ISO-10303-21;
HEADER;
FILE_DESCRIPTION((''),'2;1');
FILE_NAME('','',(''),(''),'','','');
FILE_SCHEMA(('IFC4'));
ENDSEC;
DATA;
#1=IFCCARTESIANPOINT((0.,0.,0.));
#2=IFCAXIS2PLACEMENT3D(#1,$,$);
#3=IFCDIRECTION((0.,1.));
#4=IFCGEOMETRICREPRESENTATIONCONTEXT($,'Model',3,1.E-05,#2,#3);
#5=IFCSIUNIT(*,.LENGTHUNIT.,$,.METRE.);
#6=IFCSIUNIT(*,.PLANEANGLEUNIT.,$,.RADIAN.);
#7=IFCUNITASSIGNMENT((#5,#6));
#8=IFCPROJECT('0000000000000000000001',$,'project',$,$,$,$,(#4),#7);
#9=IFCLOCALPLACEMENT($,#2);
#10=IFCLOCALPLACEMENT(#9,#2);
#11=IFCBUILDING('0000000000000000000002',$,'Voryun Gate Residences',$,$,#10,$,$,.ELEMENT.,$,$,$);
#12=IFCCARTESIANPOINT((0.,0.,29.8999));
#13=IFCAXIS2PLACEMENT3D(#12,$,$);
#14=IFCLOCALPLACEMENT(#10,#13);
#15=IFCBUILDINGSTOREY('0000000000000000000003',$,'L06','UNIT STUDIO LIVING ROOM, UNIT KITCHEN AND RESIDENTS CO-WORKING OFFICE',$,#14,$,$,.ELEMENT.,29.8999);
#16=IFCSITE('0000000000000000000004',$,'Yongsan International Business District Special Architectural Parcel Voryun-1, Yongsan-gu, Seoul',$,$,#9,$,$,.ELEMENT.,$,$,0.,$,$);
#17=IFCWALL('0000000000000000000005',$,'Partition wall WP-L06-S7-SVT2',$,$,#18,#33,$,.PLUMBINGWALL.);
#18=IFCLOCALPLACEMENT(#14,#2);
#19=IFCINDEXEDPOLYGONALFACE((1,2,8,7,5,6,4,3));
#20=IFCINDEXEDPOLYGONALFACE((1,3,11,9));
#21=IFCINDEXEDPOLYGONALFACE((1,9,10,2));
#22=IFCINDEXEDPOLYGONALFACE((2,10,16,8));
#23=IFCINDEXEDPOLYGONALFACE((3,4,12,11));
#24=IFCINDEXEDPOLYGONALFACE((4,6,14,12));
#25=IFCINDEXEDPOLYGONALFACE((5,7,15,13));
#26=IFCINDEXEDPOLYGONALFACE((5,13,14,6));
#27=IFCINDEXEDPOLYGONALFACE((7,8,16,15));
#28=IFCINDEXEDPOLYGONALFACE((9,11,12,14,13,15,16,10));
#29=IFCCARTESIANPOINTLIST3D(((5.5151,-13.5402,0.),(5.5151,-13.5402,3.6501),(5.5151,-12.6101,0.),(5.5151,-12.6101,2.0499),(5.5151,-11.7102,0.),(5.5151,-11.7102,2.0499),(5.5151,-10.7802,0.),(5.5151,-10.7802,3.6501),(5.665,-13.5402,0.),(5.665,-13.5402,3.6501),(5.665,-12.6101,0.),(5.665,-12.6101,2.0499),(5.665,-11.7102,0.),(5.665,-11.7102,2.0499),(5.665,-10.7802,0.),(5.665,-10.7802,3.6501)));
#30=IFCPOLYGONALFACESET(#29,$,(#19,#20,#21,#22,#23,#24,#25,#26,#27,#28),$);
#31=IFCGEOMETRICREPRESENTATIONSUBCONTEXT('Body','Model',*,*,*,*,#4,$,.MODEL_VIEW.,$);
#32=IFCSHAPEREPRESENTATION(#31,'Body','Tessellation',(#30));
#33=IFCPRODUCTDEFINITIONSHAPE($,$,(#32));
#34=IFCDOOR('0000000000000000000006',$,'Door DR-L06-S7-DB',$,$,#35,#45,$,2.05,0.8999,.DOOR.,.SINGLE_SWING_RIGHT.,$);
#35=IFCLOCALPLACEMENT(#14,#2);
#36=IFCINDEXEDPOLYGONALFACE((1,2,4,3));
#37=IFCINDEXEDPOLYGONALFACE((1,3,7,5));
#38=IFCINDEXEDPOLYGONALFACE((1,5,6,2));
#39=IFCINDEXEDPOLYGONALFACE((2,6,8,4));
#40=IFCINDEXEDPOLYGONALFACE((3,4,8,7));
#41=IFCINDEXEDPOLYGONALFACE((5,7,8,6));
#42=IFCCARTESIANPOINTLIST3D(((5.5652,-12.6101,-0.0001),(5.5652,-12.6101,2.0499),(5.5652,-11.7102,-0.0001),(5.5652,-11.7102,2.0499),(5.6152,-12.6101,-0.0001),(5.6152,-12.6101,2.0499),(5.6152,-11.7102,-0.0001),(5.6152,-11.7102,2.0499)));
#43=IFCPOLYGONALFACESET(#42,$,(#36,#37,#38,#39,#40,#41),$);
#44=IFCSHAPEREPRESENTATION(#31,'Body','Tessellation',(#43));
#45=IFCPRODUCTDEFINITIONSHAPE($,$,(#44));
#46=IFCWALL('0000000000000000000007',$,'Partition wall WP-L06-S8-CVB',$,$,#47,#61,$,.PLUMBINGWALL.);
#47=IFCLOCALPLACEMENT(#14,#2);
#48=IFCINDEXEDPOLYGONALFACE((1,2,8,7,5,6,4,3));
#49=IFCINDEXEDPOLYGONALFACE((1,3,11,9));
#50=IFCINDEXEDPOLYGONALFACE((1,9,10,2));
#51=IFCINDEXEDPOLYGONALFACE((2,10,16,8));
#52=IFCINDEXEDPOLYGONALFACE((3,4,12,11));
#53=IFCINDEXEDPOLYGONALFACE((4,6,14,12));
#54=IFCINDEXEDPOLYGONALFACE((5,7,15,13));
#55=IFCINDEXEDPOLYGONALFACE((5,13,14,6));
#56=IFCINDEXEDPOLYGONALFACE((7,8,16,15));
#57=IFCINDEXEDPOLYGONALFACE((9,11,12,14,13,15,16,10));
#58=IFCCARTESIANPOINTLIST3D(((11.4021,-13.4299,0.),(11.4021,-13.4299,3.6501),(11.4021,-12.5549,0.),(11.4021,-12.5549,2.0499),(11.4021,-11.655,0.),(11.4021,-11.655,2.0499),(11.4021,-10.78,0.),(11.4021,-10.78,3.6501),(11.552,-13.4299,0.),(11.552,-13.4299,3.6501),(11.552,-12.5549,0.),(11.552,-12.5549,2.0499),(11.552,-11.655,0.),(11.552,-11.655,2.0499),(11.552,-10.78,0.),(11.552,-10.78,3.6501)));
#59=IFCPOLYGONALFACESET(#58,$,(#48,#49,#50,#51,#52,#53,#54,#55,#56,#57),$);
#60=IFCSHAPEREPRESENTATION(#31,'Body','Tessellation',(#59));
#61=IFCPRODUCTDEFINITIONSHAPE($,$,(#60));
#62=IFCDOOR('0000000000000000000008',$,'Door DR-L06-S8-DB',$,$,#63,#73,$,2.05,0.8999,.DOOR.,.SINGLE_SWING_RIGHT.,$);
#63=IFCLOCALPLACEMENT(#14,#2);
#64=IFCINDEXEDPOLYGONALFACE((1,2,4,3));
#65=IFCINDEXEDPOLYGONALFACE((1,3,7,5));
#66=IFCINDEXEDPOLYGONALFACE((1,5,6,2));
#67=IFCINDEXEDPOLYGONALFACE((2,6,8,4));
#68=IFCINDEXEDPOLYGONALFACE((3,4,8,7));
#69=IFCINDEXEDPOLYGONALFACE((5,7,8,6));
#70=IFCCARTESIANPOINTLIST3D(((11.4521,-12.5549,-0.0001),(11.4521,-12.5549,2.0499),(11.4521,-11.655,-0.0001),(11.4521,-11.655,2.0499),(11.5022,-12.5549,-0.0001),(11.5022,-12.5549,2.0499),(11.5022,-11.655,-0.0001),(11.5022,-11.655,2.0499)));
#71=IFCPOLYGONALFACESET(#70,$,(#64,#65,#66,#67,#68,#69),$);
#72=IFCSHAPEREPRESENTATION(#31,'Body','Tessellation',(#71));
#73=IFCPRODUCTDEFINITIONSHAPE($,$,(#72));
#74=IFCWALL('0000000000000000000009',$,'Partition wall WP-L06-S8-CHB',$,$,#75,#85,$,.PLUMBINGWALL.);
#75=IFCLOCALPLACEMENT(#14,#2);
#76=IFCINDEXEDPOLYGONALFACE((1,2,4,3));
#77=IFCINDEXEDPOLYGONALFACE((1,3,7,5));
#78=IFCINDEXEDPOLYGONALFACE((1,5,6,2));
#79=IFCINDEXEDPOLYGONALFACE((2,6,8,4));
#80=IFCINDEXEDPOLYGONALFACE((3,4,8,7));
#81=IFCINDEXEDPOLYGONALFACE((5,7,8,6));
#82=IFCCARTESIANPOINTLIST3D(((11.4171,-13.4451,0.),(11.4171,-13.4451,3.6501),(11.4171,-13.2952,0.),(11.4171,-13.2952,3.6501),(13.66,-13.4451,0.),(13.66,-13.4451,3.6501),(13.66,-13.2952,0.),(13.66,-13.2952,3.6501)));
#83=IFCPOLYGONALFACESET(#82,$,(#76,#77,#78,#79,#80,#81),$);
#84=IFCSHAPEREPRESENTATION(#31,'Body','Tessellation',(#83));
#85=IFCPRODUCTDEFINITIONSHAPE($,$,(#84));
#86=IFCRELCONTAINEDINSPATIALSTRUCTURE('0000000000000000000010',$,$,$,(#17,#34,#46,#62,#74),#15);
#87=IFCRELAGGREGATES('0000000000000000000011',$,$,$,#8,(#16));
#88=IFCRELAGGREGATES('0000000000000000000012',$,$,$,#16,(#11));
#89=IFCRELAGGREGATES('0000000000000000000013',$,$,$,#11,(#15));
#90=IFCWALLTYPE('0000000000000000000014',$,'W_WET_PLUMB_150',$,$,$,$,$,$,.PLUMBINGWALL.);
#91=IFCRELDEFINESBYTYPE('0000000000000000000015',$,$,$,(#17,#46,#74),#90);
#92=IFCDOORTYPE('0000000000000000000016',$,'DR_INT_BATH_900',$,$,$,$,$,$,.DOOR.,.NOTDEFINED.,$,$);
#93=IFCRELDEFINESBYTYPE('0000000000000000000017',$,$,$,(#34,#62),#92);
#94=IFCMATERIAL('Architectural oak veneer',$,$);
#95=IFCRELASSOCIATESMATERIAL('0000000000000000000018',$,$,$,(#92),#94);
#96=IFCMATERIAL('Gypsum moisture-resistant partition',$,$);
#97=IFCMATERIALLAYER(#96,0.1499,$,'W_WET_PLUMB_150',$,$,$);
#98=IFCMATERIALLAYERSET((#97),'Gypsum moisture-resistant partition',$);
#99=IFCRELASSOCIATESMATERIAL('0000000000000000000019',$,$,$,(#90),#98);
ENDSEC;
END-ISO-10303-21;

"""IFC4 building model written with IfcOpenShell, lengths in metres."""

from ifc_helpers import new_model, si_unit, direction, frame, frame_2d, origin, place, context, subcontext, project, spatial, rectangle, extrude, material, layer, layer_set, type_object, element, fill, save


model = new_model("IFC4")

# Units and contexts
model_context = context("Model", 3, precision=1e-05, world=origin(), true_north=direction((0.0, 1.0)))
body_context = subcontext(model_context, "Body", "Model", "MODEL_VIEW")
ifc_project = project(units=[si_unit("LENGTHUNIT", "METRE"), si_unit("PLANEANGLEUNIT", "RADIAN")], contexts=[model_context])

# Site, building, storey
site_placement = place(None, origin())
site = spatial("IfcSite", under=ifc_project, at=site_placement, Name="Yongsan International Business District Special Architectural Parcel Voryun-1, Yongsan-gu, Seoul", CompositionType="ELEMENT", RefElevation=0.0)
building_placement = place(site_placement, origin())
building = spatial("IfcBuilding", under=site, at=building_placement, Name="Voryun Gate Residences", CompositionType="ELEMENT")
storey_placement = place(building_placement, frame((0.0, 0.0, 29.8999)))
storey = spatial("IfcBuildingStorey", under=building, at=storey_placement, Name="L06", Description="UNIT STUDIO LIVING ROOM, UNIT KITCHEN AND RESIDENTS CO-WORKING OFFICE", CompositionType="ELEMENT", Elevation=29.8999)

# Shared definitions
ifc_material_1 = material(Name="Architectural oak veneer")
door_type = type_object("IfcDoorType", Name="DR_INT_BATH_900", OperationType="NOTDEFINED", PredefinedType="DOOR", material=ifc_material_1)

# Shared definitions
ifc_material_2 = material(Name="Gypsum moisture-resistant partition")
ifc_layer_1 = layer(ifc_material_2, 0.1499, Name="W_WET_PLUMB_150")
ifc_layer_set_1 = layer_set([ifc_layer_1], Name="Gypsum moisture-resistant partition")
wall_type_1 = type_object("IfcWallType", Name="W_WET_PLUMB_150", PredefinedType="PLUMBINGWALL", material=ifc_layer_set_1)

# Walls, openings, doors
wall_1_placement = place(storey_placement, frame((5.5901, -13.54, 0.0), z_axis=(0.0, 0.0, 1.0), x_axis=(0.0, 1.0, 0.0)))
wall_1 = element("IfcWall", 1, at=wall_1_placement, inside=storey, type_object=wall_type_1, Name="Partition wall WP-L06-S7-SVT2", PredefinedType="PLUMBINGWALL", context=body_context, shape_type="SweptSolid", body=[
    extrude(rectangle(XDim=2.76, YDim=0.1499, at=frame_2d((1.3799, 0.0))), origin(), (0.0, 0.0, 1.0), 3.6501),
])
opening_1_placement = place(wall_1_placement, frame((0.9299, 0.0, 0.0)))
opening_1 = element("IfcOpeningElement", 2, at=opening_1_placement, cuts=wall_1, PredefinedType="OPENING", context=body_context, shape_type="SweptSolid", body=[
    extrude(rectangle(XDim=0.8999, YDim=2.05, at=frame_2d((0.45, 1.0249))), frame((0.0, 0.085, 0.0), z_axis=(0.0, -1.0, 0.0), x_axis=(1.0, 0.0, 0.0)), (0.0, 0.0, 1.0), 0.1699),
])
door_1_placement = place(opening_1_placement, origin())
door_1 = element("IfcDoor", 3, at=door_1_placement, inside=storey, type_object=door_type, Name="Door DR-L06-S7-DB", OperationType="SINGLE_SWING_RIGHT", OverallHeight=2.05, OverallWidth=0.8999, PredefinedType="DOOR", context=body_context, shape_type="SweptSolid", body=[
    extrude(rectangle(XDim=0.8999, YDim=2.05, at=frame_2d((0.45, 1.0249))), frame((0.0, 0.0249, 0.0), z_axis=(0.0, -1.0, 0.0), x_axis=(1.0, 0.0, 0.0)), (0.0, 0.0, 1.0), 0.05),
])
fill(opening_1, door_1)
wall_2_placement = place(storey_placement, frame((11.4771, -13.4299, 0.0), z_axis=(0.0, 0.0, 1.0), x_axis=(0.0, 1.0, 0.0)))
wall_2 = element("IfcWall", 4, at=wall_2_placement, inside=storey, type_object=wall_type_1, Name="Partition wall WP-L06-S8-CVB", PredefinedType="PLUMBINGWALL", context=body_context, shape_type="SweptSolid", body=[
    extrude(rectangle(XDim=2.6499, YDim=0.1499, at=frame_2d((1.325, 0.0))), origin(), (0.0, 0.0, 1.0), 3.6501),
])
opening_2_placement = place(wall_2_placement, frame((0.875, 0.0, 0.0)))
opening_2 = element("IfcOpeningElement", 5, at=opening_2_placement, cuts=wall_2, PredefinedType="OPENING", context=body_context, shape_type="SweptSolid", body=[
    extrude(rectangle(XDim=0.8999, YDim=2.05, at=frame_2d((0.45, 1.0249))), frame((0.0, 0.085, 0.0), z_axis=(0.0, -1.0, 0.0), x_axis=(1.0, 0.0, 0.0)), (0.0, 0.0, 1.0), 0.1699),
])
door_2_placement = place(opening_2_placement, origin())
door_2 = element("IfcDoor", 6, at=door_2_placement, inside=storey, type_object=door_type, Name="Door DR-L06-S8-DB", OperationType="SINGLE_SWING_RIGHT", OverallHeight=2.05, OverallWidth=0.8999, PredefinedType="DOOR", context=body_context, shape_type="SweptSolid", body=[
    extrude(rectangle(XDim=0.8999, YDim=2.05, at=frame_2d((0.45, 1.0249))), frame((0.0, 0.0249, 0.0), z_axis=(0.0, -1.0, 0.0), x_axis=(1.0, 0.0, 0.0)), (0.0, 0.0, 1.0), 0.05),
])
fill(opening_2, door_2)

# Wall
wall_3_placement = place(storey_placement, frame((11.417, -13.3701, 0.0), z_axis=(0.0, 0.0, 1.0), x_axis=(1.0, 0.0, 0.0)))
element("IfcWall", 7, at=wall_3_placement, inside=storey, type_object=wall_type_1, Name="Partition wall WP-L06-S8-CHB", PredefinedType="PLUMBINGWALL", context=body_context, shape_type="SweptSolid", body=[
    extrude(rectangle(XDim=2.2429, YDim=0.1499, at=frame_2d((1.1216, 0.0))), origin(), (0.0, 0.0, 1.0), 3.6501),
])

save(model, "model.ifc")
